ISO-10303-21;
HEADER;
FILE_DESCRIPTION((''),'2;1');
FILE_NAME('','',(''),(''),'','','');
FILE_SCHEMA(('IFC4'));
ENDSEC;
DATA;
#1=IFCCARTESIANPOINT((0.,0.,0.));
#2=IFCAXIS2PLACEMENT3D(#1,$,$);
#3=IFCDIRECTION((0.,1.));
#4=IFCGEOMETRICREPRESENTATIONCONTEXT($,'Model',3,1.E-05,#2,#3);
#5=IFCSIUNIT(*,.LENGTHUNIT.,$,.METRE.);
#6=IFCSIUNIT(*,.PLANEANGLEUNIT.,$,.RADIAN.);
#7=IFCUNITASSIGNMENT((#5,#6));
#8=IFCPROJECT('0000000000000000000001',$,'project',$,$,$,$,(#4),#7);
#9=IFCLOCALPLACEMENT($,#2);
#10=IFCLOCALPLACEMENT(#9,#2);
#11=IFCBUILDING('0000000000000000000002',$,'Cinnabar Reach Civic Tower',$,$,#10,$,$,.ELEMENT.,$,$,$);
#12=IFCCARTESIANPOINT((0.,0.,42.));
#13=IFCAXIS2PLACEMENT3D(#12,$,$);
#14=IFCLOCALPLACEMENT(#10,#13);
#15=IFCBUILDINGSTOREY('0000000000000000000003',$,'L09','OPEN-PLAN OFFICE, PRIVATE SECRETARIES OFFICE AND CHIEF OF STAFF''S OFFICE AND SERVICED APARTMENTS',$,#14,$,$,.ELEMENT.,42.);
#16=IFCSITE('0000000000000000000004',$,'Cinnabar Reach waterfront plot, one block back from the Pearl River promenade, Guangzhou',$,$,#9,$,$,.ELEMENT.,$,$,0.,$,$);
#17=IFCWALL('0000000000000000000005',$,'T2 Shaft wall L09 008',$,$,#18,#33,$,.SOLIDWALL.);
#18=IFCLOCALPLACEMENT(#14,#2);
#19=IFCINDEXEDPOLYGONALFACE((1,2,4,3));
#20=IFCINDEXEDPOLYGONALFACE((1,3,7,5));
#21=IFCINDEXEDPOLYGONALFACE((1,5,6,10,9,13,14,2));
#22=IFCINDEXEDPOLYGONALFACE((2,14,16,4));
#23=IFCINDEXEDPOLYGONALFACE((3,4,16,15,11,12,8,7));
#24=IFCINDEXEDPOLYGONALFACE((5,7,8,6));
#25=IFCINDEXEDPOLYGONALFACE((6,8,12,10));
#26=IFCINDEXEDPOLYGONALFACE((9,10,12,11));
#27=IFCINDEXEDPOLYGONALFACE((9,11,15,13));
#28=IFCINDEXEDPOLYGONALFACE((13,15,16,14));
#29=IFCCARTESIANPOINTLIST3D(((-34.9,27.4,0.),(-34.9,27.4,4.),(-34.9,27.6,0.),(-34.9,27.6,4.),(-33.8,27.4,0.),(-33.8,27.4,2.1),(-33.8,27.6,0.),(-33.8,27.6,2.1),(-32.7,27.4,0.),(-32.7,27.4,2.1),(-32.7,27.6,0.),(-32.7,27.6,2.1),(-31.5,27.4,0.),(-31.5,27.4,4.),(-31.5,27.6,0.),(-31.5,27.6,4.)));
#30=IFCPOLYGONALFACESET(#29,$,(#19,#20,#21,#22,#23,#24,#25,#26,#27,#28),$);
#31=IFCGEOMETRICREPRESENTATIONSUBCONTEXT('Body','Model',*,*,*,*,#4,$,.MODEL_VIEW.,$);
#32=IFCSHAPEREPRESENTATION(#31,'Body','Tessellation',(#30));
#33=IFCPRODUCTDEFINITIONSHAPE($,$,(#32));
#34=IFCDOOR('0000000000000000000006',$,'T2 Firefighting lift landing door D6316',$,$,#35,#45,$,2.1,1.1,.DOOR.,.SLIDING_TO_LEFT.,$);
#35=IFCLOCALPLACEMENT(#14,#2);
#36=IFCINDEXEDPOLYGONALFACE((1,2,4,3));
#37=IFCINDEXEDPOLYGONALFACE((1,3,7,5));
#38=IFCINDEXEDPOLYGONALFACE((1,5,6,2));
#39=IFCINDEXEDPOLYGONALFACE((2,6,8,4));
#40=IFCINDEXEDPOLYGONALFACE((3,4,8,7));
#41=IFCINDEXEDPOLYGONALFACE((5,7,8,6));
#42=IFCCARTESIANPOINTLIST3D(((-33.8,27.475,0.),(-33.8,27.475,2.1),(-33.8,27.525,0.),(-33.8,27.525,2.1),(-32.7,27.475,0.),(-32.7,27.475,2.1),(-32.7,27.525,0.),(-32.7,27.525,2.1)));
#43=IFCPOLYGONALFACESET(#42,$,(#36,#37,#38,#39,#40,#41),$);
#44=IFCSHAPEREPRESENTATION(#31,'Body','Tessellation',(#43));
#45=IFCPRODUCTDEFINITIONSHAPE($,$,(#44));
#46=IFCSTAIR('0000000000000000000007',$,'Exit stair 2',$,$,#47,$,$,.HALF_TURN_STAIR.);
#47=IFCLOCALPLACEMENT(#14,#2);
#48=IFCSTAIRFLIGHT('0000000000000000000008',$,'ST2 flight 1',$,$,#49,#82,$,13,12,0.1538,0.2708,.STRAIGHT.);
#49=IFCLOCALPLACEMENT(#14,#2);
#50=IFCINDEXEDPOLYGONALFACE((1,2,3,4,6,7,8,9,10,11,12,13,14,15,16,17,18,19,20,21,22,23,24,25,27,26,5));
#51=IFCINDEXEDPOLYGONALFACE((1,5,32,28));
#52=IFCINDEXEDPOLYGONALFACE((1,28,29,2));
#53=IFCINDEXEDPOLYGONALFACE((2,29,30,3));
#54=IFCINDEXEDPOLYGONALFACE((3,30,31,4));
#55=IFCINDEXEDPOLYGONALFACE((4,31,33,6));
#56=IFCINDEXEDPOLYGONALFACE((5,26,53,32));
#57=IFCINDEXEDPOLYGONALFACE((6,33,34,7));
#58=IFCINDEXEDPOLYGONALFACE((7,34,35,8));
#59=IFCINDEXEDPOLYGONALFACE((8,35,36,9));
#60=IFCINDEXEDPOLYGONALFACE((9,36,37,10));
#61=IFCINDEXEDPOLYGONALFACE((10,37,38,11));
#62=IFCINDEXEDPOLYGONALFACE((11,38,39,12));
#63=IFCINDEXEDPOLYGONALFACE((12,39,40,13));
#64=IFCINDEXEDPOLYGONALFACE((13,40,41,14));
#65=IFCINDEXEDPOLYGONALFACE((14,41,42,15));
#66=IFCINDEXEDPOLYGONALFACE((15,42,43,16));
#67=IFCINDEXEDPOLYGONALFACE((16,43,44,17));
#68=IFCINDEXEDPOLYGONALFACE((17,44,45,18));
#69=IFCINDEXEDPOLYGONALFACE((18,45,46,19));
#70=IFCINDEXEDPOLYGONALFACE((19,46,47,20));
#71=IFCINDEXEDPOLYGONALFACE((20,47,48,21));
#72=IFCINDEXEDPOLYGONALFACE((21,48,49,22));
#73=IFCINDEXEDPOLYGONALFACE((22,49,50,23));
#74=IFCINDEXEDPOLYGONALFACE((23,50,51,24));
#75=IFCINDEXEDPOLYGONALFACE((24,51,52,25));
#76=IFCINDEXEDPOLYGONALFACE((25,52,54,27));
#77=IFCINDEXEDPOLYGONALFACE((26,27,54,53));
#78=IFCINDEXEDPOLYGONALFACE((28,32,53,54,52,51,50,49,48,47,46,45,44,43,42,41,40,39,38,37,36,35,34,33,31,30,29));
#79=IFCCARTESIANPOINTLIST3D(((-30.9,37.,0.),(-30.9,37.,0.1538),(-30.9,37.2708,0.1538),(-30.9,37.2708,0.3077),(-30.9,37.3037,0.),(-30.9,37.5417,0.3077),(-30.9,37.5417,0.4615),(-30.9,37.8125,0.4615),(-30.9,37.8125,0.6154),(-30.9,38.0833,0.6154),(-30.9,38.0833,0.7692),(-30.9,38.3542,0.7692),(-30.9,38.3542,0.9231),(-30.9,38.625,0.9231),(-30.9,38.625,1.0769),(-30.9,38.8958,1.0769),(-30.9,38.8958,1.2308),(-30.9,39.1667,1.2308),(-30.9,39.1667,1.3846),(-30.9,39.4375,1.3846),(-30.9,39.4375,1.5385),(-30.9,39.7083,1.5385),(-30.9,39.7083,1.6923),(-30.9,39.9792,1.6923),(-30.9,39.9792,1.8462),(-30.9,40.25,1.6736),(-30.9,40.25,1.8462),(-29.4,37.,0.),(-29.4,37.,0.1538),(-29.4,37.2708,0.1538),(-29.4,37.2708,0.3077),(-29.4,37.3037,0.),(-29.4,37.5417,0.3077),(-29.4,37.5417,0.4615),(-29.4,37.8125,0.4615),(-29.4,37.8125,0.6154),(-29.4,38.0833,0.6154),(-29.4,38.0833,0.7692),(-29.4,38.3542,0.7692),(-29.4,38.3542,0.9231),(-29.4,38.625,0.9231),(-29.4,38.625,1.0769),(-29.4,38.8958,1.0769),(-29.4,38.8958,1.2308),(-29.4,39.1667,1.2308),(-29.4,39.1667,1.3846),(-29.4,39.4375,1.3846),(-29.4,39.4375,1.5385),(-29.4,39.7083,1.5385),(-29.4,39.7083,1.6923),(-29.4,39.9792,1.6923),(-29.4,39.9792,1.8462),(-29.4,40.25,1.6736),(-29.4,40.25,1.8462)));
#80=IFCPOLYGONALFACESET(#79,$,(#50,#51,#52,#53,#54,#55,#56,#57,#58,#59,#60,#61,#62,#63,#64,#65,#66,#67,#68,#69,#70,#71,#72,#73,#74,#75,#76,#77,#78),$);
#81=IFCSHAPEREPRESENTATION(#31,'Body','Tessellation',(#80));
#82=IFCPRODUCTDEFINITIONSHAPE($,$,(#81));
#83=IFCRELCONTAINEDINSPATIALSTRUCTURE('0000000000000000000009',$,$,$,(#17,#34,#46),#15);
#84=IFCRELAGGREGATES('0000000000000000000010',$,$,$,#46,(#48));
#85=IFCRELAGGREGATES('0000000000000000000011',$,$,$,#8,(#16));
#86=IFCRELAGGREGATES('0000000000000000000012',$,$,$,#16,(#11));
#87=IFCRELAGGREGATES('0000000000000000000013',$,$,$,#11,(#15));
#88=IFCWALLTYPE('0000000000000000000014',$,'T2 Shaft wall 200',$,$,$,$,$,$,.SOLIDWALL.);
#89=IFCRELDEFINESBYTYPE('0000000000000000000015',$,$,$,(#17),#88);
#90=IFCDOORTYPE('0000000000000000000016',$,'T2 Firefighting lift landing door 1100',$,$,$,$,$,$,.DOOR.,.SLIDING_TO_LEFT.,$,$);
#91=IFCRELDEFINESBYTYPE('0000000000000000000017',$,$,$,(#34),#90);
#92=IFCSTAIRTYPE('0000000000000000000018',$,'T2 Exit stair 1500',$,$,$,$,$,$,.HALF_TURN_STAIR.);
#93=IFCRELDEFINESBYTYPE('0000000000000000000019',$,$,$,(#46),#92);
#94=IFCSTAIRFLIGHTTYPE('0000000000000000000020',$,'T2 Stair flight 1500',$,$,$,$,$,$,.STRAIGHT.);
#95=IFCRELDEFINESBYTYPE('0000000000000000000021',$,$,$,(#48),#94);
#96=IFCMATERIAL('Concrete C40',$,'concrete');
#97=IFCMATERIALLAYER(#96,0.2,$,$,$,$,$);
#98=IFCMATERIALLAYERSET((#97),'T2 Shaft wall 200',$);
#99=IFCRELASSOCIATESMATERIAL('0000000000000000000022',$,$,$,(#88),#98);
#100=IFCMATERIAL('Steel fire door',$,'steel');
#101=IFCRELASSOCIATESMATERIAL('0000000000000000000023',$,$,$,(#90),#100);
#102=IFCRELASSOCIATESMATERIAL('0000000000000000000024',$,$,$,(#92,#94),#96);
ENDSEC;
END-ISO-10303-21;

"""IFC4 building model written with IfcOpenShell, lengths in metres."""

from ifc_helpers import new_model, si_unit, direction, frame, frame_2d, origin, place, context, subcontext, project, spatial, polyline, rectangle, outline, extrude, material, layer, layer_set, type_object, element, fill, aggregate, save


model = new_model("IFC4")

# Units and contexts
model_context = context("Model", 3, precision=1e-05, world=origin(), true_north=direction((0.0, 1.0)))
body_context = subcontext(model_context, "Body", "Model", "MODEL_VIEW")
ifc_project = project(units=[si_unit("LENGTHUNIT", "METRE"), si_unit("PLANEANGLEUNIT", "RADIAN")], contexts=[model_context])

# Site, building, storey
site_placement = place(None, origin())
site = spatial("IfcSite", under=ifc_project, at=site_placement, Name="Cinnabar Reach waterfront plot, one block back from the Pearl River promenade, Guangzhou", CompositionType="ELEMENT", RefElevation=0.0)
building_placement = place(site_placement, origin())
building = spatial("IfcBuilding", under=site, at=building_placement, Name="Cinnabar Reach Civic Tower", CompositionType="ELEMENT")
storey_placement = place(building_placement, frame((0.0, 0.0, 42.0)))
storey = spatial("IfcBuildingStorey", under=building, at=storey_placement, Name="L09", Description="OPEN-PLAN OFFICE, PRIVATE SECRETARIES OFFICE AND CHIEF OF STAFF'S OFFICE AND SERVICED APARTMENTS", CompositionType="ELEMENT", Elevation=42.0)

# Shared definitions
ifc_material_1 = material(Name="Steel fire door", Category="steel")

# Shared definitions
ifc_material_2 = material(Name="Concrete C40", Category="concrete")
ifc_layer_1 = layer(ifc_material_2, 0.2)
ifc_layer_set_1 = layer_set([ifc_layer_1], Name="T2 Shaft wall 200")
wall_type_1 = type_object("IfcWallType", Name="T2 Shaft wall 200", PredefinedType="SOLIDWALL", material=ifc_layer_set_1)

# Wall, opening, door
wall_1_placement = place(storey_placement, frame((-34.9, 27.5, 0.0), z_axis=(0.0, 0.0, 1.0), x_axis=(1.0, 0.0, 0.0)))
wall_1 = element("IfcWall", 1, at=wall_1_placement, inside=storey, type_object=wall_type_1, Name="T2 Shaft wall L09 008", PredefinedType="SOLIDWALL", context=body_context, shape_type="SweptSolid", body=[
    extrude(rectangle(XDim=3.4, YDim=0.2, at=frame_2d((1.7, 0.0))), origin(), (0.0, 0.0, 1.0), 4.0),
])
opening_1_placement = place(wall_1_placement, frame((1.1, 0.0, 0.0)))
opening_1 = element("IfcOpeningElement", 2, at=opening_1_placement, cuts=wall_1, PredefinedType="OPENING", context=body_context, shape_type="SweptSolid", body=[
    extrude(rectangle(XDim=1.1, YDim=2.1, at=frame_2d((0.55, 1.05))), frame((0.0, 0.11, 0.0), z_axis=(0.0, -1.0, 0.0), x_axis=(1.0, 0.0, 0.0)), (0.0, 0.0, 1.0), 0.22),
])
door_type_1 = type_object("IfcDoorType", Name="T2 Firefighting lift landing door 1100", OperationType="SLIDING_TO_LEFT", PredefinedType="DOOR", material=ifc_material_1)
door_1_placement = place(opening_1_placement, origin())
door_1 = element("IfcDoor", 3, at=door_1_placement, inside=storey, type_object=door_type_1, Name="T2 Firefighting lift landing door D6316", OperationType="SLIDING_TO_LEFT", OverallHeight=2.1, OverallWidth=1.1, PredefinedType="DOOR", context=body_context, shape_type="SweptSolid", body=[
    extrude(rectangle(XDim=1.1, YDim=2.1, at=frame_2d((0.55, 1.05))), frame((0.0, 0.025, 0.0), z_axis=(0.0, -1.0, 0.0), x_axis=(1.0, 0.0, 0.0)), (0.0, 0.0, 1.0), 0.05),
])
fill(opening_1, door_1)

# Stair, stair flight
stair_type = type_object("IfcStairType", Name="T2 Exit stair 1500", PredefinedType="HALF_TURN_STAIR", material=ifc_material_2)
stair_placement = place(storey_placement, origin())
stair = element("IfcStair", 4, at=stair_placement, inside=storey, type_object=stair_type, Name="Exit stair 2", PredefinedType="HALF_TURN_STAIR")
stair_flight_type = type_object("IfcStairFlightType", Name="T2 Stair flight 1500", PredefinedType="STRAIGHT", material=ifc_material_2)
stair_flight_placement = place(storey_placement, frame((-30.15, 37.0, 0.0), z_axis=(0.0, 0.0, 1.0), x_axis=(0.0, 1.0, 0.0)))
stair_flight = element("IfcStairFlight", 5, at=stair_flight_placement, type_object=stair_flight_type, Name="ST2 flight 1", NumberOfRisers=13, NumberOfTreads=12, PredefinedType="STRAIGHT", RiserHeight=0.1538, TreadLength=0.2708, context=body_context, shape_type="SweptSolid", body=[
    extrude(outline(polyline([(0.0, 0.0), (0.0, 0.1538), (0.2708, 0.1538), (0.2708, 0.3077), (0.5417, 0.3077), (0.5417, 0.4615), (0.8125, 0.4615), (0.8125, 0.6154), (1.0833, 0.6154), (1.0833, 0.7692), (1.3542, 0.7692), (1.3542, 0.9231), (1.625, 0.9231), (1.625, 1.0769), (1.8958, 1.0769), (1.8958, 1.2308), (2.1667, 1.2308), (2.1667, 1.3846), (2.4375, 1.3846), (2.4375, 1.5385), (2.7083, 1.5385), (2.7083, 1.6923), (2.9792, 1.6923), (2.9792, 1.8462), (3.25, 1.8462), (3.25, 2.0), (3.25, 1.6736), (0.3037, 0.0), (0.0, 0.0)])), frame((0.0, 0.75, 0.0), z_axis=(0.0, -1.0, 0.0), x_axis=(1.0, 0.0, 0.0)), (0.0, 0.0, 1.0), 1.5),
])
aggregate(stair, [stair_flight])

save(model, "model.ifc")
